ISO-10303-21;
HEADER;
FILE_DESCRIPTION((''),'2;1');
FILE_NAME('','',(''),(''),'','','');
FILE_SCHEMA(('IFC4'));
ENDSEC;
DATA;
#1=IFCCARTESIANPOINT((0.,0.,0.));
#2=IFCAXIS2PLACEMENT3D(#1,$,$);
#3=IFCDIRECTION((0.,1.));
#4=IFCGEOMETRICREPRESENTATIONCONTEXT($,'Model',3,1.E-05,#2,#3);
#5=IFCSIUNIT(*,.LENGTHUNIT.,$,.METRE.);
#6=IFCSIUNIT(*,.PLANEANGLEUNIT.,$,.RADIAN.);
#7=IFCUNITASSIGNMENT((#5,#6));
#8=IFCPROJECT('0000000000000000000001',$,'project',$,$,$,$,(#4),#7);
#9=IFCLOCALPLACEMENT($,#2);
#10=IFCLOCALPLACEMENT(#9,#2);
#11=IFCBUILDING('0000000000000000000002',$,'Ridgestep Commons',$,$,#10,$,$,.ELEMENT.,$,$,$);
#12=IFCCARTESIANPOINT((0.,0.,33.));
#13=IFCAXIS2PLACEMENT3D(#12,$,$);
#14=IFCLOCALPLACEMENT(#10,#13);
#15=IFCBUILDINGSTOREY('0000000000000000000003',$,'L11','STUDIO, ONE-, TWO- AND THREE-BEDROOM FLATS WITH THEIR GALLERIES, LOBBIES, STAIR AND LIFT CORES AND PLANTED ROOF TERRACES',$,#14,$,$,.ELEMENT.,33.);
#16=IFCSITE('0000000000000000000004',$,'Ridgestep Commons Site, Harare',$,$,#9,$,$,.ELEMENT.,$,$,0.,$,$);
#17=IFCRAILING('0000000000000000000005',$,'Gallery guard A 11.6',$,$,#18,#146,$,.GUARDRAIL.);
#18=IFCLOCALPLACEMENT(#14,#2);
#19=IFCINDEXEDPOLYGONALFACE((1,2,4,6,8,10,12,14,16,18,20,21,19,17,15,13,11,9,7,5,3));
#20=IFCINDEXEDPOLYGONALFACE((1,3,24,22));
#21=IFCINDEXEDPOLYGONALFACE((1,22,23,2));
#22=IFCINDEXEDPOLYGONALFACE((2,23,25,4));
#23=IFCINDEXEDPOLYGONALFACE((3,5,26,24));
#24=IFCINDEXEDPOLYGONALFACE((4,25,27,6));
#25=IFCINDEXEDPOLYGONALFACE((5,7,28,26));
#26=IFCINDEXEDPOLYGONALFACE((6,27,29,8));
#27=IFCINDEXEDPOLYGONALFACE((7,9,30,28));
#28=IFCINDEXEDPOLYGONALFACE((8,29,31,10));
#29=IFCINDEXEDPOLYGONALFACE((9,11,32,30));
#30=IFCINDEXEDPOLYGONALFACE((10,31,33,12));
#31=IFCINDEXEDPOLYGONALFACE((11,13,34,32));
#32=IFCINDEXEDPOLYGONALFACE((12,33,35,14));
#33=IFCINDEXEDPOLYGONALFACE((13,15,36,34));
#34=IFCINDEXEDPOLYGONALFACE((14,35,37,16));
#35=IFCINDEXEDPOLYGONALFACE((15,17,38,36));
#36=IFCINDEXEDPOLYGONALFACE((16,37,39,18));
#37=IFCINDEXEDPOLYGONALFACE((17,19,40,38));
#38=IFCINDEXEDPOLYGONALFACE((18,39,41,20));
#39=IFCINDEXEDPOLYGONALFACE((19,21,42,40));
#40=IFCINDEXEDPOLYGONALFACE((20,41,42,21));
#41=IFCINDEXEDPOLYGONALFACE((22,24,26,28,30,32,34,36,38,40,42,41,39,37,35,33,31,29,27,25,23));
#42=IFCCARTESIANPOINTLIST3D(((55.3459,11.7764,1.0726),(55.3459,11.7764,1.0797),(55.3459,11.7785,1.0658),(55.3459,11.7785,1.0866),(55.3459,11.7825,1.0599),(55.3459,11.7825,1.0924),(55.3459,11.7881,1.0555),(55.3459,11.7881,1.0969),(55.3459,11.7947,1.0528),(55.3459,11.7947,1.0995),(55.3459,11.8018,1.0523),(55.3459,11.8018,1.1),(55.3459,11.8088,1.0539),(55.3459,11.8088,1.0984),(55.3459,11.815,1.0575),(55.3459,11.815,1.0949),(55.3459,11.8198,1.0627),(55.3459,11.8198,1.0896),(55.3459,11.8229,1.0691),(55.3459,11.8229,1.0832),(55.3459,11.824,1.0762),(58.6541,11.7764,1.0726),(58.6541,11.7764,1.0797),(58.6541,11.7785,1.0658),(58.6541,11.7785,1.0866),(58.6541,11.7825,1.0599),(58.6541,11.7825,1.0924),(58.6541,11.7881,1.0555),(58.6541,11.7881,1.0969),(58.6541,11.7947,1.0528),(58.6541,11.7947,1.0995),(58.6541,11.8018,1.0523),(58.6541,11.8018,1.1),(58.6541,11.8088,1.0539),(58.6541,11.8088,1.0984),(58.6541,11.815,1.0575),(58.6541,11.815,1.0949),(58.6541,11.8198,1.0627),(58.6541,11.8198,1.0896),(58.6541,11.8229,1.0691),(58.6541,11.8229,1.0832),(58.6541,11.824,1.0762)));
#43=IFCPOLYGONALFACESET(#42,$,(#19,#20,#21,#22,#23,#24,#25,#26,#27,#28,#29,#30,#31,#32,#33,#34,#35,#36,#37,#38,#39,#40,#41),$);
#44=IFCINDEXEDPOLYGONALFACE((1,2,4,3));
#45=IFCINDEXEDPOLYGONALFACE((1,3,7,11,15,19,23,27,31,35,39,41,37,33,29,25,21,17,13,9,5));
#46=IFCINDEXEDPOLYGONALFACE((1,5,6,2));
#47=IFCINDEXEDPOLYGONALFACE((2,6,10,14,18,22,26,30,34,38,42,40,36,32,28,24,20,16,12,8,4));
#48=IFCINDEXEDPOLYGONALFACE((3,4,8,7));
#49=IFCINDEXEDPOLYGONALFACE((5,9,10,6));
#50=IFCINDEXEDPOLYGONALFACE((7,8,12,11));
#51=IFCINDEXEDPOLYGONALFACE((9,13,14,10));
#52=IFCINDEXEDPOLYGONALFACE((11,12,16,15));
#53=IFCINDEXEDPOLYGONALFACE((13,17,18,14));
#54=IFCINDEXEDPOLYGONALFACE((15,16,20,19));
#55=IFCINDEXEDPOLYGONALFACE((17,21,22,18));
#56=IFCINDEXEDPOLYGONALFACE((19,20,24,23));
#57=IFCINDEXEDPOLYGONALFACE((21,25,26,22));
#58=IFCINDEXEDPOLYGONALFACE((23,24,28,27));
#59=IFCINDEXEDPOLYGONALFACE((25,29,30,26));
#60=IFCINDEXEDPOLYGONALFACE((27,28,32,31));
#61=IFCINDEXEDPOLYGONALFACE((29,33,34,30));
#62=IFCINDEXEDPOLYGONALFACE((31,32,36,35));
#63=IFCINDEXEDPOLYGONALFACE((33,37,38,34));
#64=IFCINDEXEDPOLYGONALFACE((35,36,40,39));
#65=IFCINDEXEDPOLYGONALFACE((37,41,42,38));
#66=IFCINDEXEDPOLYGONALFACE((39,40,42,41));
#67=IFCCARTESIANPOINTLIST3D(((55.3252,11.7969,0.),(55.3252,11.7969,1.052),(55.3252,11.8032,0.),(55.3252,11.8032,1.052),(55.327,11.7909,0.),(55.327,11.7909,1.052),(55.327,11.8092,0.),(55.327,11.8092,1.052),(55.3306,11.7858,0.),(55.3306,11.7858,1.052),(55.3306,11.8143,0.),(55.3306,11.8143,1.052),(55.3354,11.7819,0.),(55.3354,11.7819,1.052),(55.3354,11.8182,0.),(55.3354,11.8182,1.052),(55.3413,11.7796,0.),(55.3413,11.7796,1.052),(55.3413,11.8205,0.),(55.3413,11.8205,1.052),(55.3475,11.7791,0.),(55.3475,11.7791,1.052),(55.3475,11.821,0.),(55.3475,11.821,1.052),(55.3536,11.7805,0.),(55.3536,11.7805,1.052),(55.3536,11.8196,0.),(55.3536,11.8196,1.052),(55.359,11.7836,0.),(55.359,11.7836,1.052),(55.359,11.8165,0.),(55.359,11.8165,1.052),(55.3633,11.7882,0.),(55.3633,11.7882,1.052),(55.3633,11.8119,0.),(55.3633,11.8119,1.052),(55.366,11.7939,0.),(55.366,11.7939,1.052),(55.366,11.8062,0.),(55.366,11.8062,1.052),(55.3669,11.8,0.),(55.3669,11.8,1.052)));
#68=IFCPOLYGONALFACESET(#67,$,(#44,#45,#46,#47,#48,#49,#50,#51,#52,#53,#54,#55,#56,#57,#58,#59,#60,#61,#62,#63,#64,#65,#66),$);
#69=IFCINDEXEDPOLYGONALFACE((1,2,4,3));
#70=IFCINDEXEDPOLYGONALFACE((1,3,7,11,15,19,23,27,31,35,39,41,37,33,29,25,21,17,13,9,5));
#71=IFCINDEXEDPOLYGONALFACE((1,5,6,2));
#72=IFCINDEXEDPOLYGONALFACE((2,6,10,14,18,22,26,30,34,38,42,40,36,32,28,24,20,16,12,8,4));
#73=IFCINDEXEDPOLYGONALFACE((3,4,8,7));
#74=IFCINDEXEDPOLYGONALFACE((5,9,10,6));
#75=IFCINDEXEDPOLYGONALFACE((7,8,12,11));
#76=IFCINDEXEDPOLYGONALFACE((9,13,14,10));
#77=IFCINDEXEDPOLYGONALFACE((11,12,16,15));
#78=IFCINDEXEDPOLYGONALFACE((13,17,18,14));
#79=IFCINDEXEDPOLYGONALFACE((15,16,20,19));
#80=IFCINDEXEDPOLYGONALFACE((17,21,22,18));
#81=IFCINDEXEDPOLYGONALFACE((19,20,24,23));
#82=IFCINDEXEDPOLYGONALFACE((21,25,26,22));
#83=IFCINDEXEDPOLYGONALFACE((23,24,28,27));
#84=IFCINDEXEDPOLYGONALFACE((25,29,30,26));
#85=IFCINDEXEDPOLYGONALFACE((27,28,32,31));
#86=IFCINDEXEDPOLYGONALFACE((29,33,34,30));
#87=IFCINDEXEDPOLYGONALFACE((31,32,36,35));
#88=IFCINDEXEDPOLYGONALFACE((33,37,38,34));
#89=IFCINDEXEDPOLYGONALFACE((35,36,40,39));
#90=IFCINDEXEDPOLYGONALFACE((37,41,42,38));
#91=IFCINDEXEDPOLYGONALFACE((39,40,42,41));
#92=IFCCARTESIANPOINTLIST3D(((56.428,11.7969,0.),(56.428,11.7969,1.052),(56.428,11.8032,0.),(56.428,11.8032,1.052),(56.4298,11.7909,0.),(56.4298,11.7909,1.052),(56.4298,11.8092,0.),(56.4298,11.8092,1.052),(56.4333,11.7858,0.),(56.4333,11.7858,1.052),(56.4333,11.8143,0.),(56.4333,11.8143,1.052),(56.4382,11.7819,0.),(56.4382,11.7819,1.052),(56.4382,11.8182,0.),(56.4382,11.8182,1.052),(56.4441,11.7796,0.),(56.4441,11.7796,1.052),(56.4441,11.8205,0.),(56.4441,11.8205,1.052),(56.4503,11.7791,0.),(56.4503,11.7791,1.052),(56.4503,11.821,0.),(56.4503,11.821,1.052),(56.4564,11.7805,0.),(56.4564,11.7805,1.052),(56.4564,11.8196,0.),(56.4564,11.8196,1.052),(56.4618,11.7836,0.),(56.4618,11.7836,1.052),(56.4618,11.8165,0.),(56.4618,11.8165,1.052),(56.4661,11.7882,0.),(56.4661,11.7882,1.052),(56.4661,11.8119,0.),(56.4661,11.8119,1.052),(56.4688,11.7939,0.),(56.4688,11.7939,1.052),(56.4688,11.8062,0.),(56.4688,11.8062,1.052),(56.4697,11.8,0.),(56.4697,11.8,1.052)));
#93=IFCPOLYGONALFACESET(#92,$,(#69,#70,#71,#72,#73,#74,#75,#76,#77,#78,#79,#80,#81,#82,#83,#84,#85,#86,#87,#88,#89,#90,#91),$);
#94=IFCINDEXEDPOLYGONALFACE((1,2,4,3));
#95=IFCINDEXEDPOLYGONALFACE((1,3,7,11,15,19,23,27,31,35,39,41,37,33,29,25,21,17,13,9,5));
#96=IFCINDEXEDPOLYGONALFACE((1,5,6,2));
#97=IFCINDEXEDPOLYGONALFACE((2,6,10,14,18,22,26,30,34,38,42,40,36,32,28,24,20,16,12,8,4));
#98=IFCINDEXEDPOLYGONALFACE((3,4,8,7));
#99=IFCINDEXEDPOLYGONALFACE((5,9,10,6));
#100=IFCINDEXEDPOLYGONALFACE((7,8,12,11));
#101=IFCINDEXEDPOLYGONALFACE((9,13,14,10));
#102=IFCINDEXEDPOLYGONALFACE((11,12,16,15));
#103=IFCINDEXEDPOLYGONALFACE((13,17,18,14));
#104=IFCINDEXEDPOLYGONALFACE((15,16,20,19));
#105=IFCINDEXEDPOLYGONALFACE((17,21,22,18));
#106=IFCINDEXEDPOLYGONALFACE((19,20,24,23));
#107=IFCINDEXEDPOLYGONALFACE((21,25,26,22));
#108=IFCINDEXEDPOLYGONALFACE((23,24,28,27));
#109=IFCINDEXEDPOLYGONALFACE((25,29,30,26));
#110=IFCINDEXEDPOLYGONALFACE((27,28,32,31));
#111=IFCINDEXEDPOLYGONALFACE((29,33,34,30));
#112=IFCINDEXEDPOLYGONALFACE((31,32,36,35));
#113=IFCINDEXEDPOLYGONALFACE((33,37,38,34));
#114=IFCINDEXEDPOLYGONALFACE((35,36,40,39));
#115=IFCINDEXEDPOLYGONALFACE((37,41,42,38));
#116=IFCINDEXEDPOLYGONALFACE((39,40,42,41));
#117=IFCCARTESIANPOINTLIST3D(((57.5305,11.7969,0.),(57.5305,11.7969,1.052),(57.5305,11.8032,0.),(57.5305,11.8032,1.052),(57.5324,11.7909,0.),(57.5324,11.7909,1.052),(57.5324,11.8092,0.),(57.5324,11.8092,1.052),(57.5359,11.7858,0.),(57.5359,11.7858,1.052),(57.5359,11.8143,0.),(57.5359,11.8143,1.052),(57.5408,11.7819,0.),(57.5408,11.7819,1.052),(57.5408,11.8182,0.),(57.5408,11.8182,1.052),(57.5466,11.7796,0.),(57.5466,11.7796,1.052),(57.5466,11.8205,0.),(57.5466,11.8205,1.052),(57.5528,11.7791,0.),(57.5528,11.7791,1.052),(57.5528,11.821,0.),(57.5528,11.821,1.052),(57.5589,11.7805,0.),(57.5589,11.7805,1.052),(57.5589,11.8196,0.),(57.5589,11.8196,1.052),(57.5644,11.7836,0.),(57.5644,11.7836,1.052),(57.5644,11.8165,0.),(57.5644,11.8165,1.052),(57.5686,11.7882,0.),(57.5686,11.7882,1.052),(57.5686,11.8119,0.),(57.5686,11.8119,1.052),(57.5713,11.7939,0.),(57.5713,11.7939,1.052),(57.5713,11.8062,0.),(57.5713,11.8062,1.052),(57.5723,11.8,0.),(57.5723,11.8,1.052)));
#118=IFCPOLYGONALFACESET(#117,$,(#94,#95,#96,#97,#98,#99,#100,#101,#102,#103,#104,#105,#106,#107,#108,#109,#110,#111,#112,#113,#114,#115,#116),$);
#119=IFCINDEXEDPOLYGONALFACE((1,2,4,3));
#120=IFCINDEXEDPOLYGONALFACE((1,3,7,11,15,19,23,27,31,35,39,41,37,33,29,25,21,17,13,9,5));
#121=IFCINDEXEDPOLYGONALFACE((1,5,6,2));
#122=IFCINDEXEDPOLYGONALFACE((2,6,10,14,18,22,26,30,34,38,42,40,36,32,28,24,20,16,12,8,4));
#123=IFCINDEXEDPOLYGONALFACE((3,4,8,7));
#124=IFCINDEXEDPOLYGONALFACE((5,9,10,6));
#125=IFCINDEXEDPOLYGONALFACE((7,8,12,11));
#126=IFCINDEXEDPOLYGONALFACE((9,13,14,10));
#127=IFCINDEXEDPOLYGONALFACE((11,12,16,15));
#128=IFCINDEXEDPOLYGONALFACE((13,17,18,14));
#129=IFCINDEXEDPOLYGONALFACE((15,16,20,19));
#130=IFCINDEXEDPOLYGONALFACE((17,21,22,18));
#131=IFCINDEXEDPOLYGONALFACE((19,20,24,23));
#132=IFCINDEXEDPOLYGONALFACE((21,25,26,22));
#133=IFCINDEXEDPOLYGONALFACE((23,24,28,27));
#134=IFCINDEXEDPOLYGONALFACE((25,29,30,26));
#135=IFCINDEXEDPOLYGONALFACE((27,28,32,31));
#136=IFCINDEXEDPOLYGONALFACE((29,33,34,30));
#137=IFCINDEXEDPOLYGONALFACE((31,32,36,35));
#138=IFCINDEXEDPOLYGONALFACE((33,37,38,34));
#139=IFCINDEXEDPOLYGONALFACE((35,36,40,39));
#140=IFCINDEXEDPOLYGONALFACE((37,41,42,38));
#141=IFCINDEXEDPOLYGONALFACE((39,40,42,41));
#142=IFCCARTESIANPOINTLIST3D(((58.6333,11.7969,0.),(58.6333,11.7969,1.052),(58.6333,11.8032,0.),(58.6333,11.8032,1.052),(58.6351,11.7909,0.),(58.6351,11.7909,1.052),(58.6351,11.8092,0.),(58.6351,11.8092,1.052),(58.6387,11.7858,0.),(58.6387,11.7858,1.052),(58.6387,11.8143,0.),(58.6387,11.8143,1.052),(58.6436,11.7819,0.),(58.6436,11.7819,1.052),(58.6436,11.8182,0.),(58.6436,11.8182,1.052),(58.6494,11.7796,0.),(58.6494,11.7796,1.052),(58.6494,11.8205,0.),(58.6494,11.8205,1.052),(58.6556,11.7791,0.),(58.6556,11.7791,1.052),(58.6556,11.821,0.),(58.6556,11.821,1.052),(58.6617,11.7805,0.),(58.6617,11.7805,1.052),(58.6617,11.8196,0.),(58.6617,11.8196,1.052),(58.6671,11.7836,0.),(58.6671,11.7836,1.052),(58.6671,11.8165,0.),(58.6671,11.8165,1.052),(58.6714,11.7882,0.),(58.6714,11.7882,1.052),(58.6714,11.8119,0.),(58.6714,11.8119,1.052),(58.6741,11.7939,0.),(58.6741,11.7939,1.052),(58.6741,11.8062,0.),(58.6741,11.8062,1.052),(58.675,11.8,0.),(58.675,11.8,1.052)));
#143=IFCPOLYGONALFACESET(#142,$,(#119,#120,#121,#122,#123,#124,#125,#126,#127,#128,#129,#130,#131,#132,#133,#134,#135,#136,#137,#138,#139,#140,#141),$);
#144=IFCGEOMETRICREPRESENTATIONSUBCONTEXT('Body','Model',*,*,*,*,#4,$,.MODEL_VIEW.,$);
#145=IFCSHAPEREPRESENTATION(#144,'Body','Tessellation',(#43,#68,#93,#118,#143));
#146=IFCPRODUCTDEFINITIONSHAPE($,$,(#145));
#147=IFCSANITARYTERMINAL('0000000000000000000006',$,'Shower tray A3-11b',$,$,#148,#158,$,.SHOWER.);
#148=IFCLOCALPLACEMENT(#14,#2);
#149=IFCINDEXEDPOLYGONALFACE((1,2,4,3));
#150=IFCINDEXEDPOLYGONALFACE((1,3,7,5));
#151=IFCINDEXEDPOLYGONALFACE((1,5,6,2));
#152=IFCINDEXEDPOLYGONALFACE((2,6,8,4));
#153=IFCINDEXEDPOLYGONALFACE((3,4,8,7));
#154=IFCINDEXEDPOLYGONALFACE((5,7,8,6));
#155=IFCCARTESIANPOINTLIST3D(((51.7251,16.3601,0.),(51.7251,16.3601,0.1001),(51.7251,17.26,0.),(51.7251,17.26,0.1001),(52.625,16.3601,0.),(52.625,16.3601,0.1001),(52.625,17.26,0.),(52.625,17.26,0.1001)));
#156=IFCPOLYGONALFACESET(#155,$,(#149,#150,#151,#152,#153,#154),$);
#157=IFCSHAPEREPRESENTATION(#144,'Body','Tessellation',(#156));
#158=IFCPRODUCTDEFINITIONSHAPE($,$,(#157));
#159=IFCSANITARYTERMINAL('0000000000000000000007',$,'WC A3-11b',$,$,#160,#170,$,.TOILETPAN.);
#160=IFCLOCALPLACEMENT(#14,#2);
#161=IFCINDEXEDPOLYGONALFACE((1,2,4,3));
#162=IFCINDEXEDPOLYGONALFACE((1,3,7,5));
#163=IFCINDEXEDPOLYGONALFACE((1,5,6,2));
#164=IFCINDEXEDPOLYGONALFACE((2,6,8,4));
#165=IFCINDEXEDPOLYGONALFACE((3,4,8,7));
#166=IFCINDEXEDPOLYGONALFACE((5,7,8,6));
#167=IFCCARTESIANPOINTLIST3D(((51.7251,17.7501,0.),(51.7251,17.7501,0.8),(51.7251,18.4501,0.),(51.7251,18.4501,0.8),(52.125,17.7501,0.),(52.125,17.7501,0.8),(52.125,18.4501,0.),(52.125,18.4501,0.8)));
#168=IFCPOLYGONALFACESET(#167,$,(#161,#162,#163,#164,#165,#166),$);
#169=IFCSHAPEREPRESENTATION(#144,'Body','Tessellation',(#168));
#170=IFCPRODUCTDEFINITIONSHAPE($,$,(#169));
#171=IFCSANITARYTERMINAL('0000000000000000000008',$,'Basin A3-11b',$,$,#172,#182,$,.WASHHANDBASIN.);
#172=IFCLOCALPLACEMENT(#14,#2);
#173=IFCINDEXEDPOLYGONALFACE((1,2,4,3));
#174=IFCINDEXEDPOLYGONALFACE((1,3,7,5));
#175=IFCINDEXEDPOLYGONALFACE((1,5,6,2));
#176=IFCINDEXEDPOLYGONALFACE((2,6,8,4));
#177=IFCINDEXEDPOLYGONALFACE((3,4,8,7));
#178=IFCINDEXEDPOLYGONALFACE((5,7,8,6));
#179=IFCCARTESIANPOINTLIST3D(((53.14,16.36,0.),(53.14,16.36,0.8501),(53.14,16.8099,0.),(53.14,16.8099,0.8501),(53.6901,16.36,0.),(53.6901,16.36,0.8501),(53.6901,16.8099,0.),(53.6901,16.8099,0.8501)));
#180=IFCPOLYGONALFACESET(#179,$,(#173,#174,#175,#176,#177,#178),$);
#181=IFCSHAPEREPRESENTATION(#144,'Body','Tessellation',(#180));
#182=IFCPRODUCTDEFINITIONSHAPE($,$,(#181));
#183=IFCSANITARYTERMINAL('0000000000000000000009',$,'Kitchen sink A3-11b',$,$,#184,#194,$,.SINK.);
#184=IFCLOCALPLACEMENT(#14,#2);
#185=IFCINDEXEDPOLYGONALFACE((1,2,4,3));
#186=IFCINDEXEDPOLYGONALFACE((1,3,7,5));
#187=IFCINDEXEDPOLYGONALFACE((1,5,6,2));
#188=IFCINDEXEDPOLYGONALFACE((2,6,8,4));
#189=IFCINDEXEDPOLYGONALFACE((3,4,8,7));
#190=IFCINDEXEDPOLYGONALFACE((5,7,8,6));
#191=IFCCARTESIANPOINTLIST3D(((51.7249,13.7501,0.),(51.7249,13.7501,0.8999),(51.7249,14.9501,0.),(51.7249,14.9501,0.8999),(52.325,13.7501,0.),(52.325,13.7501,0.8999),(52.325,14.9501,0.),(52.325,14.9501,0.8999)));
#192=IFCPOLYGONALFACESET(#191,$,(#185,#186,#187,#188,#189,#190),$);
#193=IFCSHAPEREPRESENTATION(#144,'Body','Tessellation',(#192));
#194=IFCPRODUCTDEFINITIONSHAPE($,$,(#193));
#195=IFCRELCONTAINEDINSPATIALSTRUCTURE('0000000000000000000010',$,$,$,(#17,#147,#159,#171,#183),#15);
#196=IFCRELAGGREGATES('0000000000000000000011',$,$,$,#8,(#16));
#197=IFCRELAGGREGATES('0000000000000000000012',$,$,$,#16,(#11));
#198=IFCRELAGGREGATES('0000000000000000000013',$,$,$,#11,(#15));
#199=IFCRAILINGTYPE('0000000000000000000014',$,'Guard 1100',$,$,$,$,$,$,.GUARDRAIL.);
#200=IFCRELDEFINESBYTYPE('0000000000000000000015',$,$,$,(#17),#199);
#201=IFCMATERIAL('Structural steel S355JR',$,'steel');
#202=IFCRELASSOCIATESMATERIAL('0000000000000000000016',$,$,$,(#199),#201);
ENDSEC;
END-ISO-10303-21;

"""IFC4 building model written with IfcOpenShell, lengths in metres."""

from ifc_helpers import new_model, si_unit, direction, frame, origin, origin_2d, place, context, subcontext, project, spatial, rectangle, circle, extrude, material, type_object, element, save


model = new_model("IFC4")

# Units and contexts
model_context = context("Model", 3, precision=1e-05, world=origin(), true_north=direction((0.0, 1.0)))
body_context = subcontext(model_context, "Body", "Model", "MODEL_VIEW")
ifc_project = project(units=[si_unit("LENGTHUNIT", "METRE"), si_unit("PLANEANGLEUNIT", "RADIAN")], contexts=[model_context])

# Site, building, storey
site_placement = place(None, origin())
site = spatial("IfcSite", under=ifc_project, at=site_placement, Name="Ridgestep Commons Site, Harare", CompositionType="ELEMENT", RefElevation=0.0)
building_placement = place(site_placement, origin())
building = spatial("IfcBuilding", under=site, at=building_placement, Name="Ridgestep Commons", CompositionType="ELEMENT")
storey_placement = place(building_placement, frame((0.0, 0.0, 33.0)))
storey = spatial("IfcBuildingStorey", under=building, at=storey_placement, Name="L11", Description="STUDIO, ONE-, TWO- AND THREE-BEDROOM FLATS WITH THEIR GALLERIES, LOBBIES, STAIR AND LIFT CORES AND PLANTED ROOF TERRACES", CompositionType="ELEMENT", Elevation=33.0)

# Railing
ifc_material_1 = material(Name="Structural steel S355JR", Category="steel")
railing_type = type_object("IfcRailingType", Name="Guard 1100", PredefinedType="GUARDRAIL", material=ifc_material_1)
railing_1_placement = place(storey_placement, frame((55.3459, 11.8, 0.0)))
element("IfcRailing", 1, at=railing_1_placement, inside=storey, type_object=railing_type, Name="Gallery guard A 11.6", PredefinedType="GUARDRAIL", context=body_context, shape_type="SweptSolid", body=[
    extrude(circle(Radius=0.0239, at=origin_2d()), frame((0.0, 0.0, 1.0762), z_axis=(1.0, 0.0, 0.0), x_axis=(0.0, 1.0, 0.0)), (0.0, 0.0, 1.0), 3.3081),
    extrude(circle(Radius=0.021, at=origin_2d()), origin(), (0.0, 0.0, 1.0), 1.052),
    extrude(circle(Radius=0.021, at=origin_2d()), frame((1.1028, 0.0, 0.0)), (0.0, 0.0, 1.0), 1.052),
    extrude(circle(Radius=0.021, at=origin_2d()), frame((2.2053, 0.0, 0.0)), (0.0, 0.0, 1.0), 1.052),
    extrude(circle(Radius=0.021, at=origin_2d()), frame((3.3081, 0.0, 0.0)), (0.0, 0.0, 1.0), 1.052),
])

# Sanitary terminals
sanitary_terminal_1_placement = place(storey_placement, frame((52.175, 16.8101, 0.0), z_axis=(0.0, 0.0, 1.0), x_axis=(1.0, 0.0, 0.0)))
element("IfcSanitaryTerminal", 2, at=sanitary_terminal_1_placement, inside=storey, Name="Shower tray A3-11b", PredefinedType="SHOWER", context=body_context, shape_type="SweptSolid", body=[
    extrude(rectangle(XDim=0.8999, YDim=0.8999, at=origin_2d()), origin(), (0.0, 0.0, 1.0), 0.1001),
])
sanitary_terminal_2_placement = place(storey_placement, frame((51.925, 18.1001, 0.0), z_axis=(0.0, 0.0, 1.0), x_axis=(1.0, 0.0, 0.0)))
element("IfcSanitaryTerminal", 3, at=sanitary_terminal_2_placement, inside=storey, Name="WC A3-11b", PredefinedType="TOILETPAN", context=body_context, shape_type="SweptSolid", body=[
    extrude(rectangle(XDim=0.3999, YDim=0.7, at=origin_2d()), origin(), (0.0, 0.0, 1.0), 0.8),
])
sanitary_terminal_3_placement = place(storey_placement, frame((53.415, 16.585, 0.0), z_axis=(0.0, 0.0, 1.0), x_axis=(1.0, 0.0, 0.0)))
element("IfcSanitaryTerminal", 4, at=sanitary_terminal_3_placement, inside=storey, Name="Basin A3-11b", PredefinedType="WASHHANDBASIN", context=body_context, shape_type="SweptSolid", body=[
    extrude(rectangle(XDim=0.55, YDim=0.45, at=origin_2d()), origin(), (0.0, 0.0, 1.0), 0.8501),
])
sanitary_terminal_4_placement = place(storey_placement, frame((52.0249, 14.3501, 0.0), z_axis=(0.0, 0.0, 1.0), x_axis=(1.0, 0.0, 0.0)))
element("IfcSanitaryTerminal", 5, at=sanitary_terminal_4_placement, inside=storey, Name="Kitchen sink A3-11b", PredefinedType="SINK", context=body_context, shape_type="SweptSolid", body=[
    extrude(rectangle(XDim=0.6001, YDim=1.2, at=origin_2d()), origin(), (0.0, 0.0, 1.0), 0.8999),
])

save(model, "model.ifc")
